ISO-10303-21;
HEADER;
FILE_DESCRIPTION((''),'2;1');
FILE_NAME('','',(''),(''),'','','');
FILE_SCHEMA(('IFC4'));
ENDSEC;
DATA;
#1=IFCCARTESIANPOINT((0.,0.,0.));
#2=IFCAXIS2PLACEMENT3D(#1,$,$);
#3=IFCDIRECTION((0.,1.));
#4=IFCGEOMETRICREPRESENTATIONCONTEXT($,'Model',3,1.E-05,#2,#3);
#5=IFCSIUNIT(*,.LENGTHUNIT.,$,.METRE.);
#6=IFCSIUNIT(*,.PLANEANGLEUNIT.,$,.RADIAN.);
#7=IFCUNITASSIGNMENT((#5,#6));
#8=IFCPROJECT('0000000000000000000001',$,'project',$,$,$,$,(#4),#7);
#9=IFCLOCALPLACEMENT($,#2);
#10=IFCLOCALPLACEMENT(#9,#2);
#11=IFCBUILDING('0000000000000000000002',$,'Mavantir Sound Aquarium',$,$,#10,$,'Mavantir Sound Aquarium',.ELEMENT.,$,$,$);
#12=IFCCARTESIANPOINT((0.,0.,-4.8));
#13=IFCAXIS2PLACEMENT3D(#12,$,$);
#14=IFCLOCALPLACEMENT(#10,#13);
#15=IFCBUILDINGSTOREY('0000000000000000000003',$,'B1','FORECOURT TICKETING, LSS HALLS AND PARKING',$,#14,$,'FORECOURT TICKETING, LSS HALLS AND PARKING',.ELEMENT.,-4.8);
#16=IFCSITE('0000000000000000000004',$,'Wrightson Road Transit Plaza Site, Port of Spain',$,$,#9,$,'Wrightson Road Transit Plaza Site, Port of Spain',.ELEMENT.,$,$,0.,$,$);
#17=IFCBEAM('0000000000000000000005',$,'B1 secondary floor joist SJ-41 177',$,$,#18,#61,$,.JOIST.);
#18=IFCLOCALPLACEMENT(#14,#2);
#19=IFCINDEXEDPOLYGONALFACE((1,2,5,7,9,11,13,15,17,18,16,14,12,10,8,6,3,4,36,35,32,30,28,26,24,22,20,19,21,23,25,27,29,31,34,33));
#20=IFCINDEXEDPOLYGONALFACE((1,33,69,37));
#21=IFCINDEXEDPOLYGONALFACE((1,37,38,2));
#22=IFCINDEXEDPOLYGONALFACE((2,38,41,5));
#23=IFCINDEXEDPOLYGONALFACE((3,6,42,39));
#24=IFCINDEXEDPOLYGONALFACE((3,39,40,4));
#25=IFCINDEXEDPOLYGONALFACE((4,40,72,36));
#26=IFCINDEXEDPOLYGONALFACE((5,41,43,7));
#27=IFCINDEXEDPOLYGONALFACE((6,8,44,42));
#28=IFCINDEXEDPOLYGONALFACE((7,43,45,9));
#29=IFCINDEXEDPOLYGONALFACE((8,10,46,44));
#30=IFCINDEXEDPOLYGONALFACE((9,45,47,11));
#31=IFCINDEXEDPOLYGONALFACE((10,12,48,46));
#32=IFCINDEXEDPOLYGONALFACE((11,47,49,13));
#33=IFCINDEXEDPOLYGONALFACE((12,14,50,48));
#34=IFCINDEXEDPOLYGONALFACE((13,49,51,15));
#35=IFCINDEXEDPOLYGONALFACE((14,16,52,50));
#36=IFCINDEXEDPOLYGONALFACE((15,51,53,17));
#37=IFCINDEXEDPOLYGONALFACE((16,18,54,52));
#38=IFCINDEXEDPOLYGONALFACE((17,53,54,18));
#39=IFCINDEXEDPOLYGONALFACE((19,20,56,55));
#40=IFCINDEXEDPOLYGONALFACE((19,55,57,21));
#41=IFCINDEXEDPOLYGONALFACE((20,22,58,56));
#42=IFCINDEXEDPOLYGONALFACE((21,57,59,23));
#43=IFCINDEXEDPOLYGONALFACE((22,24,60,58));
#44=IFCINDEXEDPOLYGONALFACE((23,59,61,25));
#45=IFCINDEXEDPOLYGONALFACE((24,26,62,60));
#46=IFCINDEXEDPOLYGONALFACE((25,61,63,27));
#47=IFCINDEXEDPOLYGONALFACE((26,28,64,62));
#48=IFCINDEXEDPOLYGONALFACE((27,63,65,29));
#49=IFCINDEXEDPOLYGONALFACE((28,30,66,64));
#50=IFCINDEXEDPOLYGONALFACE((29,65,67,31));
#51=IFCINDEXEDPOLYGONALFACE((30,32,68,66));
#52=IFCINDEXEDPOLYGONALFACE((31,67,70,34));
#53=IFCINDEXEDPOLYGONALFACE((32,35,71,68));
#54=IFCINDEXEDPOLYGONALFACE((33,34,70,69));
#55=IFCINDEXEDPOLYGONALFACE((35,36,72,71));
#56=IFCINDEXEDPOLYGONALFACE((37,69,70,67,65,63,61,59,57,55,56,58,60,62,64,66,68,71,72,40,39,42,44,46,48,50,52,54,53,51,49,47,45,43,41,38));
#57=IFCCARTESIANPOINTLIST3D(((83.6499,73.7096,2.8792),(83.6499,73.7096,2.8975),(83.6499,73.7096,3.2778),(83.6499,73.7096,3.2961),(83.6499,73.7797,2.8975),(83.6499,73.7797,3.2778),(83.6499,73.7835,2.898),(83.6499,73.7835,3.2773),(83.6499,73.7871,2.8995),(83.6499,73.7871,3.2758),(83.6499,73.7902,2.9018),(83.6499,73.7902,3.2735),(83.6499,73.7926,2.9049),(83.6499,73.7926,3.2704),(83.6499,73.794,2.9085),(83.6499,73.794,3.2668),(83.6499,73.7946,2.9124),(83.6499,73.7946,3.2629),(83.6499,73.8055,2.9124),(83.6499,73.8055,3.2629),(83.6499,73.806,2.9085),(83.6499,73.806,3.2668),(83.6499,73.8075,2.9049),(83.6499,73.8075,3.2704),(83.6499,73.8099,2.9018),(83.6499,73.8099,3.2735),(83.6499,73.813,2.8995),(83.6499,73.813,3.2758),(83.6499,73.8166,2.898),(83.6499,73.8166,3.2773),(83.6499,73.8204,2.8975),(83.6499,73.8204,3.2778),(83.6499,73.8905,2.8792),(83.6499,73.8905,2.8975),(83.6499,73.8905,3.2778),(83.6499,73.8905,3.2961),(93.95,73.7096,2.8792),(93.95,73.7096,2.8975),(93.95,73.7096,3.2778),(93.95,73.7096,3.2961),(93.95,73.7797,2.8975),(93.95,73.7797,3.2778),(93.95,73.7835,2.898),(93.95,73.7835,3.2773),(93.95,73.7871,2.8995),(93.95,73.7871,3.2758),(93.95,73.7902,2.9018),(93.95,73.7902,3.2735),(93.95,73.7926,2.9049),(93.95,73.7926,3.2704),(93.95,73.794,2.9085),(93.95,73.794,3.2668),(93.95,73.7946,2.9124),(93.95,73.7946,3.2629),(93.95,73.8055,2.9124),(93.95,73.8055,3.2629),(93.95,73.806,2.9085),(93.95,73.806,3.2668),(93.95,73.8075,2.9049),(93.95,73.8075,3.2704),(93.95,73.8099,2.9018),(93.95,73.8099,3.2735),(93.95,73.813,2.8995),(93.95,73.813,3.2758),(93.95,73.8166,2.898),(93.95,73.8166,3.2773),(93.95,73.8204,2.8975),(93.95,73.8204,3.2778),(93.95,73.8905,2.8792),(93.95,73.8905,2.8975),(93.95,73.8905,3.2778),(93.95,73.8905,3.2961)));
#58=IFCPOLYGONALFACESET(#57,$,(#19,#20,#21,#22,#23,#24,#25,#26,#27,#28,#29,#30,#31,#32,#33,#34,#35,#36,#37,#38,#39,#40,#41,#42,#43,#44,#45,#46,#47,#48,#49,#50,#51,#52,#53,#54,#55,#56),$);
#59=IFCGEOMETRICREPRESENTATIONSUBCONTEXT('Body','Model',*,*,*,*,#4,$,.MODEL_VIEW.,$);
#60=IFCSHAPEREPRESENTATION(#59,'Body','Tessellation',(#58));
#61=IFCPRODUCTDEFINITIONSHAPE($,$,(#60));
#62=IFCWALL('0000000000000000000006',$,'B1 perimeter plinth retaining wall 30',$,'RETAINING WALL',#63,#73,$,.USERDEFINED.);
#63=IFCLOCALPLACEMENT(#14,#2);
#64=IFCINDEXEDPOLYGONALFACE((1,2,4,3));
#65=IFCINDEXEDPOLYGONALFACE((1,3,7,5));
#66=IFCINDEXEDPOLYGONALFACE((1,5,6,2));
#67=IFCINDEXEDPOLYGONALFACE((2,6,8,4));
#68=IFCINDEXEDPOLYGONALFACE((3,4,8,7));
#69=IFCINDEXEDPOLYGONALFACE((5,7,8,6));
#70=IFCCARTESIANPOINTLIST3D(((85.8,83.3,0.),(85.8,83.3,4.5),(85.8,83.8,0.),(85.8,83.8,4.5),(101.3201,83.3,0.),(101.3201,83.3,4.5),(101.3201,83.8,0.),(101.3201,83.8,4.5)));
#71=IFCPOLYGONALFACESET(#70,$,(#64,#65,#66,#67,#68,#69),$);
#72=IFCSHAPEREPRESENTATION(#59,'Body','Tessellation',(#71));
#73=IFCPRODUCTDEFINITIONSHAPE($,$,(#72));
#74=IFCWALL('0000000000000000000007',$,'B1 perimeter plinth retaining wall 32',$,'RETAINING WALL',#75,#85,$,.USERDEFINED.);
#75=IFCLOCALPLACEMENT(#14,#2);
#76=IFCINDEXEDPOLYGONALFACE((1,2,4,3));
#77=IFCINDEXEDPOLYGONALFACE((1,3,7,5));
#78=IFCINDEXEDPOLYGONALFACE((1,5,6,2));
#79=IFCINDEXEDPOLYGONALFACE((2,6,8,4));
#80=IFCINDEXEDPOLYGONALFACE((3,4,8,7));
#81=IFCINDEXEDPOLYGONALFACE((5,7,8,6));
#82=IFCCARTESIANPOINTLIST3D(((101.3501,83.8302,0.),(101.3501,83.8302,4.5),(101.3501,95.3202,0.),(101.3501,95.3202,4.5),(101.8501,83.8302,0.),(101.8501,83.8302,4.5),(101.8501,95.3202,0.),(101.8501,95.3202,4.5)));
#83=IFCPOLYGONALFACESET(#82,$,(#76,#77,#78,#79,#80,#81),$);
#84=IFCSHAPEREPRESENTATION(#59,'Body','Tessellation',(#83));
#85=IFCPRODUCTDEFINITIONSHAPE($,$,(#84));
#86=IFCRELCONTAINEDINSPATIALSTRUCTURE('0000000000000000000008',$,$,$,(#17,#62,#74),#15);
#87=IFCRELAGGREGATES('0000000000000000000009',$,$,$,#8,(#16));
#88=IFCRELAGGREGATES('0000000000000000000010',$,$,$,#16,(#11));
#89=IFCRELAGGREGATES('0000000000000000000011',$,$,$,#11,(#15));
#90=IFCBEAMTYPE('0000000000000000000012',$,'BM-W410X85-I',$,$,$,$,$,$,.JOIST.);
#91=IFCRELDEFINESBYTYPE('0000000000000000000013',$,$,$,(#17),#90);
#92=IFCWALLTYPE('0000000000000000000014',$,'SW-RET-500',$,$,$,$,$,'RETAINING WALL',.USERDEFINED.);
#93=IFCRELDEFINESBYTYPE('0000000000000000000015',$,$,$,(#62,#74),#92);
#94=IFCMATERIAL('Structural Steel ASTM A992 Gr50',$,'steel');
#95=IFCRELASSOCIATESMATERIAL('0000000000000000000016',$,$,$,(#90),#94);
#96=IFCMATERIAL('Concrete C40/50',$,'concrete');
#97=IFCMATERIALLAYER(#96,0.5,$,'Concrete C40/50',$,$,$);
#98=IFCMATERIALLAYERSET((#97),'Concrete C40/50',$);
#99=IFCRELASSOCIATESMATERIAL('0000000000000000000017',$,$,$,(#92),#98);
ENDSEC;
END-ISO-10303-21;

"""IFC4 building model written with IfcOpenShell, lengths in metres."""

from ifc_helpers import new_model, si_unit, direction, frame, frame_2d, origin, origin_2d, place, context, subcontext, project, spatial, rectangle, i_section, extrude, material, layer, layer_set, material_profile, profile_set, type_object, element, save


model = new_model("IFC4")

# Units and contexts
model_context = context("Model", 3, precision=1e-05, world=origin(), true_north=direction((0.0, 1.0)))
body_context = subcontext(model_context, "Body", "Model", "MODEL_VIEW")
ifc_project = project(units=[si_unit("LENGTHUNIT", "METRE"), si_unit("PLANEANGLEUNIT", "RADIAN")], contexts=[model_context])

# Site, building, storey
site_placement = place(None, origin())
site = spatial("IfcSite", under=ifc_project, at=site_placement, Name="Wrightson Road Transit Plaza Site, Port of Spain", LongName="Wrightson Road Transit Plaza Site, Port of Spain", CompositionType="ELEMENT", RefElevation=0.0)
building_placement = place(site_placement, origin())
building = spatial("IfcBuilding", under=site, at=building_placement, Name="Mavantir Sound Aquarium", LongName="Mavantir Sound Aquarium", CompositionType="ELEMENT")
storey_placement = place(building_placement, frame((0.0, 0.0, -4.8)))
storey = spatial("IfcBuildingStorey", under=building, at=storey_placement, Name="B1", Description="FORECOURT TICKETING, LSS HALLS AND PARKING", LongName="FORECOURT TICKETING, LSS HALLS AND PARKING", CompositionType="ELEMENT", Elevation=-4.8)

# Shared definitions
ifc_material_1 = material(Name="Concrete C40/50", Category="concrete")

# Beam
ifc_material_2 = material(Name="Structural Steel ASTM A992 Gr50", Category="steel")
ifc_material_profile_1 = material_profile(ifc_material_2, i_section(OverallWidth=0.1809, OverallDepth=0.417, WebThickness=0.011, FlangeThickness=0.0183, FilletRadius=0.0149, at=origin_2d()), Name="W410X85")
ifc_profile_set_1 = profile_set([ifc_material_profile_1], Name="Structural Steel ASTM A992 Gr50")
beam_type_1 = type_object("IfcBeamType", Name="BM-W410X85-I", PredefinedType="JOIST", material=ifc_profile_set_1)
beam_1_placement = place(storey_placement, frame((83.6499, 73.8, 3.0876), z_axis=(1.0, 0.0, 0.0), x_axis=(0.0, 1.0, 0.0)))
element("IfcBeam", 1, at=beam_1_placement, inside=storey, type_object=beam_type_1, Name="B1 secondary floor joist SJ-41 177", PredefinedType="JOIST", context=body_context, shape_type="SweptSolid", body=[
    extrude(i_section(OverallWidth=0.1809, OverallDepth=0.417, WebThickness=0.011, FlangeThickness=0.0183, FilletRadius=0.0149, at=origin_2d()), origin(), (0.0, 0.0, 1.0), 10.3),
])

# Walls
ifc_layer = layer(ifc_material_1, 0.5, Name="Concrete C40/50")
ifc_layer_set = layer_set([ifc_layer], Name="Concrete C40/50")
wall_type = type_object("IfcWallType", Name="SW-RET-500", ElementType="RETAINING WALL", PredefinedType="USERDEFINED", material=ifc_layer_set)
wall_1_placement = place(storey_placement, frame((85.8, 83.55, 0.0), z_axis=(0.0, 0.0, 1.0), x_axis=(1.0, 0.0, 0.0)))
element("IfcWall", 2, at=wall_1_placement, inside=storey, type_object=wall_type, Name="B1 perimeter plinth retaining wall 30", ObjectType="RETAINING WALL", PredefinedType="USERDEFINED", context=body_context, shape_type="SweptSolid", body=[
    extrude(rectangle(XDim=15.52, YDim=0.5, at=frame_2d((7.76, 0.0))), origin(), (0.0, 0.0, 1.0), 4.5),
])
wall_2_placement = place(storey_placement, frame((101.6001, 83.8301, 0.0), z_axis=(0.0, 0.0, 1.0), x_axis=(0.0, 1.0, 0.0)))
element("IfcWall", 3, at=wall_2_placement, inside=storey, type_object=wall_type, Name="B1 perimeter plinth retaining wall 32", ObjectType="RETAINING WALL", PredefinedType="USERDEFINED", context=body_context, shape_type="SweptSolid", body=[
    extrude(rectangle(XDim=11.49, YDim=0.5, at=frame_2d((5.7451, 0.0))), origin(), (0.0, 0.0, 1.0), 4.5),
])

save(model, "model.ifc")
